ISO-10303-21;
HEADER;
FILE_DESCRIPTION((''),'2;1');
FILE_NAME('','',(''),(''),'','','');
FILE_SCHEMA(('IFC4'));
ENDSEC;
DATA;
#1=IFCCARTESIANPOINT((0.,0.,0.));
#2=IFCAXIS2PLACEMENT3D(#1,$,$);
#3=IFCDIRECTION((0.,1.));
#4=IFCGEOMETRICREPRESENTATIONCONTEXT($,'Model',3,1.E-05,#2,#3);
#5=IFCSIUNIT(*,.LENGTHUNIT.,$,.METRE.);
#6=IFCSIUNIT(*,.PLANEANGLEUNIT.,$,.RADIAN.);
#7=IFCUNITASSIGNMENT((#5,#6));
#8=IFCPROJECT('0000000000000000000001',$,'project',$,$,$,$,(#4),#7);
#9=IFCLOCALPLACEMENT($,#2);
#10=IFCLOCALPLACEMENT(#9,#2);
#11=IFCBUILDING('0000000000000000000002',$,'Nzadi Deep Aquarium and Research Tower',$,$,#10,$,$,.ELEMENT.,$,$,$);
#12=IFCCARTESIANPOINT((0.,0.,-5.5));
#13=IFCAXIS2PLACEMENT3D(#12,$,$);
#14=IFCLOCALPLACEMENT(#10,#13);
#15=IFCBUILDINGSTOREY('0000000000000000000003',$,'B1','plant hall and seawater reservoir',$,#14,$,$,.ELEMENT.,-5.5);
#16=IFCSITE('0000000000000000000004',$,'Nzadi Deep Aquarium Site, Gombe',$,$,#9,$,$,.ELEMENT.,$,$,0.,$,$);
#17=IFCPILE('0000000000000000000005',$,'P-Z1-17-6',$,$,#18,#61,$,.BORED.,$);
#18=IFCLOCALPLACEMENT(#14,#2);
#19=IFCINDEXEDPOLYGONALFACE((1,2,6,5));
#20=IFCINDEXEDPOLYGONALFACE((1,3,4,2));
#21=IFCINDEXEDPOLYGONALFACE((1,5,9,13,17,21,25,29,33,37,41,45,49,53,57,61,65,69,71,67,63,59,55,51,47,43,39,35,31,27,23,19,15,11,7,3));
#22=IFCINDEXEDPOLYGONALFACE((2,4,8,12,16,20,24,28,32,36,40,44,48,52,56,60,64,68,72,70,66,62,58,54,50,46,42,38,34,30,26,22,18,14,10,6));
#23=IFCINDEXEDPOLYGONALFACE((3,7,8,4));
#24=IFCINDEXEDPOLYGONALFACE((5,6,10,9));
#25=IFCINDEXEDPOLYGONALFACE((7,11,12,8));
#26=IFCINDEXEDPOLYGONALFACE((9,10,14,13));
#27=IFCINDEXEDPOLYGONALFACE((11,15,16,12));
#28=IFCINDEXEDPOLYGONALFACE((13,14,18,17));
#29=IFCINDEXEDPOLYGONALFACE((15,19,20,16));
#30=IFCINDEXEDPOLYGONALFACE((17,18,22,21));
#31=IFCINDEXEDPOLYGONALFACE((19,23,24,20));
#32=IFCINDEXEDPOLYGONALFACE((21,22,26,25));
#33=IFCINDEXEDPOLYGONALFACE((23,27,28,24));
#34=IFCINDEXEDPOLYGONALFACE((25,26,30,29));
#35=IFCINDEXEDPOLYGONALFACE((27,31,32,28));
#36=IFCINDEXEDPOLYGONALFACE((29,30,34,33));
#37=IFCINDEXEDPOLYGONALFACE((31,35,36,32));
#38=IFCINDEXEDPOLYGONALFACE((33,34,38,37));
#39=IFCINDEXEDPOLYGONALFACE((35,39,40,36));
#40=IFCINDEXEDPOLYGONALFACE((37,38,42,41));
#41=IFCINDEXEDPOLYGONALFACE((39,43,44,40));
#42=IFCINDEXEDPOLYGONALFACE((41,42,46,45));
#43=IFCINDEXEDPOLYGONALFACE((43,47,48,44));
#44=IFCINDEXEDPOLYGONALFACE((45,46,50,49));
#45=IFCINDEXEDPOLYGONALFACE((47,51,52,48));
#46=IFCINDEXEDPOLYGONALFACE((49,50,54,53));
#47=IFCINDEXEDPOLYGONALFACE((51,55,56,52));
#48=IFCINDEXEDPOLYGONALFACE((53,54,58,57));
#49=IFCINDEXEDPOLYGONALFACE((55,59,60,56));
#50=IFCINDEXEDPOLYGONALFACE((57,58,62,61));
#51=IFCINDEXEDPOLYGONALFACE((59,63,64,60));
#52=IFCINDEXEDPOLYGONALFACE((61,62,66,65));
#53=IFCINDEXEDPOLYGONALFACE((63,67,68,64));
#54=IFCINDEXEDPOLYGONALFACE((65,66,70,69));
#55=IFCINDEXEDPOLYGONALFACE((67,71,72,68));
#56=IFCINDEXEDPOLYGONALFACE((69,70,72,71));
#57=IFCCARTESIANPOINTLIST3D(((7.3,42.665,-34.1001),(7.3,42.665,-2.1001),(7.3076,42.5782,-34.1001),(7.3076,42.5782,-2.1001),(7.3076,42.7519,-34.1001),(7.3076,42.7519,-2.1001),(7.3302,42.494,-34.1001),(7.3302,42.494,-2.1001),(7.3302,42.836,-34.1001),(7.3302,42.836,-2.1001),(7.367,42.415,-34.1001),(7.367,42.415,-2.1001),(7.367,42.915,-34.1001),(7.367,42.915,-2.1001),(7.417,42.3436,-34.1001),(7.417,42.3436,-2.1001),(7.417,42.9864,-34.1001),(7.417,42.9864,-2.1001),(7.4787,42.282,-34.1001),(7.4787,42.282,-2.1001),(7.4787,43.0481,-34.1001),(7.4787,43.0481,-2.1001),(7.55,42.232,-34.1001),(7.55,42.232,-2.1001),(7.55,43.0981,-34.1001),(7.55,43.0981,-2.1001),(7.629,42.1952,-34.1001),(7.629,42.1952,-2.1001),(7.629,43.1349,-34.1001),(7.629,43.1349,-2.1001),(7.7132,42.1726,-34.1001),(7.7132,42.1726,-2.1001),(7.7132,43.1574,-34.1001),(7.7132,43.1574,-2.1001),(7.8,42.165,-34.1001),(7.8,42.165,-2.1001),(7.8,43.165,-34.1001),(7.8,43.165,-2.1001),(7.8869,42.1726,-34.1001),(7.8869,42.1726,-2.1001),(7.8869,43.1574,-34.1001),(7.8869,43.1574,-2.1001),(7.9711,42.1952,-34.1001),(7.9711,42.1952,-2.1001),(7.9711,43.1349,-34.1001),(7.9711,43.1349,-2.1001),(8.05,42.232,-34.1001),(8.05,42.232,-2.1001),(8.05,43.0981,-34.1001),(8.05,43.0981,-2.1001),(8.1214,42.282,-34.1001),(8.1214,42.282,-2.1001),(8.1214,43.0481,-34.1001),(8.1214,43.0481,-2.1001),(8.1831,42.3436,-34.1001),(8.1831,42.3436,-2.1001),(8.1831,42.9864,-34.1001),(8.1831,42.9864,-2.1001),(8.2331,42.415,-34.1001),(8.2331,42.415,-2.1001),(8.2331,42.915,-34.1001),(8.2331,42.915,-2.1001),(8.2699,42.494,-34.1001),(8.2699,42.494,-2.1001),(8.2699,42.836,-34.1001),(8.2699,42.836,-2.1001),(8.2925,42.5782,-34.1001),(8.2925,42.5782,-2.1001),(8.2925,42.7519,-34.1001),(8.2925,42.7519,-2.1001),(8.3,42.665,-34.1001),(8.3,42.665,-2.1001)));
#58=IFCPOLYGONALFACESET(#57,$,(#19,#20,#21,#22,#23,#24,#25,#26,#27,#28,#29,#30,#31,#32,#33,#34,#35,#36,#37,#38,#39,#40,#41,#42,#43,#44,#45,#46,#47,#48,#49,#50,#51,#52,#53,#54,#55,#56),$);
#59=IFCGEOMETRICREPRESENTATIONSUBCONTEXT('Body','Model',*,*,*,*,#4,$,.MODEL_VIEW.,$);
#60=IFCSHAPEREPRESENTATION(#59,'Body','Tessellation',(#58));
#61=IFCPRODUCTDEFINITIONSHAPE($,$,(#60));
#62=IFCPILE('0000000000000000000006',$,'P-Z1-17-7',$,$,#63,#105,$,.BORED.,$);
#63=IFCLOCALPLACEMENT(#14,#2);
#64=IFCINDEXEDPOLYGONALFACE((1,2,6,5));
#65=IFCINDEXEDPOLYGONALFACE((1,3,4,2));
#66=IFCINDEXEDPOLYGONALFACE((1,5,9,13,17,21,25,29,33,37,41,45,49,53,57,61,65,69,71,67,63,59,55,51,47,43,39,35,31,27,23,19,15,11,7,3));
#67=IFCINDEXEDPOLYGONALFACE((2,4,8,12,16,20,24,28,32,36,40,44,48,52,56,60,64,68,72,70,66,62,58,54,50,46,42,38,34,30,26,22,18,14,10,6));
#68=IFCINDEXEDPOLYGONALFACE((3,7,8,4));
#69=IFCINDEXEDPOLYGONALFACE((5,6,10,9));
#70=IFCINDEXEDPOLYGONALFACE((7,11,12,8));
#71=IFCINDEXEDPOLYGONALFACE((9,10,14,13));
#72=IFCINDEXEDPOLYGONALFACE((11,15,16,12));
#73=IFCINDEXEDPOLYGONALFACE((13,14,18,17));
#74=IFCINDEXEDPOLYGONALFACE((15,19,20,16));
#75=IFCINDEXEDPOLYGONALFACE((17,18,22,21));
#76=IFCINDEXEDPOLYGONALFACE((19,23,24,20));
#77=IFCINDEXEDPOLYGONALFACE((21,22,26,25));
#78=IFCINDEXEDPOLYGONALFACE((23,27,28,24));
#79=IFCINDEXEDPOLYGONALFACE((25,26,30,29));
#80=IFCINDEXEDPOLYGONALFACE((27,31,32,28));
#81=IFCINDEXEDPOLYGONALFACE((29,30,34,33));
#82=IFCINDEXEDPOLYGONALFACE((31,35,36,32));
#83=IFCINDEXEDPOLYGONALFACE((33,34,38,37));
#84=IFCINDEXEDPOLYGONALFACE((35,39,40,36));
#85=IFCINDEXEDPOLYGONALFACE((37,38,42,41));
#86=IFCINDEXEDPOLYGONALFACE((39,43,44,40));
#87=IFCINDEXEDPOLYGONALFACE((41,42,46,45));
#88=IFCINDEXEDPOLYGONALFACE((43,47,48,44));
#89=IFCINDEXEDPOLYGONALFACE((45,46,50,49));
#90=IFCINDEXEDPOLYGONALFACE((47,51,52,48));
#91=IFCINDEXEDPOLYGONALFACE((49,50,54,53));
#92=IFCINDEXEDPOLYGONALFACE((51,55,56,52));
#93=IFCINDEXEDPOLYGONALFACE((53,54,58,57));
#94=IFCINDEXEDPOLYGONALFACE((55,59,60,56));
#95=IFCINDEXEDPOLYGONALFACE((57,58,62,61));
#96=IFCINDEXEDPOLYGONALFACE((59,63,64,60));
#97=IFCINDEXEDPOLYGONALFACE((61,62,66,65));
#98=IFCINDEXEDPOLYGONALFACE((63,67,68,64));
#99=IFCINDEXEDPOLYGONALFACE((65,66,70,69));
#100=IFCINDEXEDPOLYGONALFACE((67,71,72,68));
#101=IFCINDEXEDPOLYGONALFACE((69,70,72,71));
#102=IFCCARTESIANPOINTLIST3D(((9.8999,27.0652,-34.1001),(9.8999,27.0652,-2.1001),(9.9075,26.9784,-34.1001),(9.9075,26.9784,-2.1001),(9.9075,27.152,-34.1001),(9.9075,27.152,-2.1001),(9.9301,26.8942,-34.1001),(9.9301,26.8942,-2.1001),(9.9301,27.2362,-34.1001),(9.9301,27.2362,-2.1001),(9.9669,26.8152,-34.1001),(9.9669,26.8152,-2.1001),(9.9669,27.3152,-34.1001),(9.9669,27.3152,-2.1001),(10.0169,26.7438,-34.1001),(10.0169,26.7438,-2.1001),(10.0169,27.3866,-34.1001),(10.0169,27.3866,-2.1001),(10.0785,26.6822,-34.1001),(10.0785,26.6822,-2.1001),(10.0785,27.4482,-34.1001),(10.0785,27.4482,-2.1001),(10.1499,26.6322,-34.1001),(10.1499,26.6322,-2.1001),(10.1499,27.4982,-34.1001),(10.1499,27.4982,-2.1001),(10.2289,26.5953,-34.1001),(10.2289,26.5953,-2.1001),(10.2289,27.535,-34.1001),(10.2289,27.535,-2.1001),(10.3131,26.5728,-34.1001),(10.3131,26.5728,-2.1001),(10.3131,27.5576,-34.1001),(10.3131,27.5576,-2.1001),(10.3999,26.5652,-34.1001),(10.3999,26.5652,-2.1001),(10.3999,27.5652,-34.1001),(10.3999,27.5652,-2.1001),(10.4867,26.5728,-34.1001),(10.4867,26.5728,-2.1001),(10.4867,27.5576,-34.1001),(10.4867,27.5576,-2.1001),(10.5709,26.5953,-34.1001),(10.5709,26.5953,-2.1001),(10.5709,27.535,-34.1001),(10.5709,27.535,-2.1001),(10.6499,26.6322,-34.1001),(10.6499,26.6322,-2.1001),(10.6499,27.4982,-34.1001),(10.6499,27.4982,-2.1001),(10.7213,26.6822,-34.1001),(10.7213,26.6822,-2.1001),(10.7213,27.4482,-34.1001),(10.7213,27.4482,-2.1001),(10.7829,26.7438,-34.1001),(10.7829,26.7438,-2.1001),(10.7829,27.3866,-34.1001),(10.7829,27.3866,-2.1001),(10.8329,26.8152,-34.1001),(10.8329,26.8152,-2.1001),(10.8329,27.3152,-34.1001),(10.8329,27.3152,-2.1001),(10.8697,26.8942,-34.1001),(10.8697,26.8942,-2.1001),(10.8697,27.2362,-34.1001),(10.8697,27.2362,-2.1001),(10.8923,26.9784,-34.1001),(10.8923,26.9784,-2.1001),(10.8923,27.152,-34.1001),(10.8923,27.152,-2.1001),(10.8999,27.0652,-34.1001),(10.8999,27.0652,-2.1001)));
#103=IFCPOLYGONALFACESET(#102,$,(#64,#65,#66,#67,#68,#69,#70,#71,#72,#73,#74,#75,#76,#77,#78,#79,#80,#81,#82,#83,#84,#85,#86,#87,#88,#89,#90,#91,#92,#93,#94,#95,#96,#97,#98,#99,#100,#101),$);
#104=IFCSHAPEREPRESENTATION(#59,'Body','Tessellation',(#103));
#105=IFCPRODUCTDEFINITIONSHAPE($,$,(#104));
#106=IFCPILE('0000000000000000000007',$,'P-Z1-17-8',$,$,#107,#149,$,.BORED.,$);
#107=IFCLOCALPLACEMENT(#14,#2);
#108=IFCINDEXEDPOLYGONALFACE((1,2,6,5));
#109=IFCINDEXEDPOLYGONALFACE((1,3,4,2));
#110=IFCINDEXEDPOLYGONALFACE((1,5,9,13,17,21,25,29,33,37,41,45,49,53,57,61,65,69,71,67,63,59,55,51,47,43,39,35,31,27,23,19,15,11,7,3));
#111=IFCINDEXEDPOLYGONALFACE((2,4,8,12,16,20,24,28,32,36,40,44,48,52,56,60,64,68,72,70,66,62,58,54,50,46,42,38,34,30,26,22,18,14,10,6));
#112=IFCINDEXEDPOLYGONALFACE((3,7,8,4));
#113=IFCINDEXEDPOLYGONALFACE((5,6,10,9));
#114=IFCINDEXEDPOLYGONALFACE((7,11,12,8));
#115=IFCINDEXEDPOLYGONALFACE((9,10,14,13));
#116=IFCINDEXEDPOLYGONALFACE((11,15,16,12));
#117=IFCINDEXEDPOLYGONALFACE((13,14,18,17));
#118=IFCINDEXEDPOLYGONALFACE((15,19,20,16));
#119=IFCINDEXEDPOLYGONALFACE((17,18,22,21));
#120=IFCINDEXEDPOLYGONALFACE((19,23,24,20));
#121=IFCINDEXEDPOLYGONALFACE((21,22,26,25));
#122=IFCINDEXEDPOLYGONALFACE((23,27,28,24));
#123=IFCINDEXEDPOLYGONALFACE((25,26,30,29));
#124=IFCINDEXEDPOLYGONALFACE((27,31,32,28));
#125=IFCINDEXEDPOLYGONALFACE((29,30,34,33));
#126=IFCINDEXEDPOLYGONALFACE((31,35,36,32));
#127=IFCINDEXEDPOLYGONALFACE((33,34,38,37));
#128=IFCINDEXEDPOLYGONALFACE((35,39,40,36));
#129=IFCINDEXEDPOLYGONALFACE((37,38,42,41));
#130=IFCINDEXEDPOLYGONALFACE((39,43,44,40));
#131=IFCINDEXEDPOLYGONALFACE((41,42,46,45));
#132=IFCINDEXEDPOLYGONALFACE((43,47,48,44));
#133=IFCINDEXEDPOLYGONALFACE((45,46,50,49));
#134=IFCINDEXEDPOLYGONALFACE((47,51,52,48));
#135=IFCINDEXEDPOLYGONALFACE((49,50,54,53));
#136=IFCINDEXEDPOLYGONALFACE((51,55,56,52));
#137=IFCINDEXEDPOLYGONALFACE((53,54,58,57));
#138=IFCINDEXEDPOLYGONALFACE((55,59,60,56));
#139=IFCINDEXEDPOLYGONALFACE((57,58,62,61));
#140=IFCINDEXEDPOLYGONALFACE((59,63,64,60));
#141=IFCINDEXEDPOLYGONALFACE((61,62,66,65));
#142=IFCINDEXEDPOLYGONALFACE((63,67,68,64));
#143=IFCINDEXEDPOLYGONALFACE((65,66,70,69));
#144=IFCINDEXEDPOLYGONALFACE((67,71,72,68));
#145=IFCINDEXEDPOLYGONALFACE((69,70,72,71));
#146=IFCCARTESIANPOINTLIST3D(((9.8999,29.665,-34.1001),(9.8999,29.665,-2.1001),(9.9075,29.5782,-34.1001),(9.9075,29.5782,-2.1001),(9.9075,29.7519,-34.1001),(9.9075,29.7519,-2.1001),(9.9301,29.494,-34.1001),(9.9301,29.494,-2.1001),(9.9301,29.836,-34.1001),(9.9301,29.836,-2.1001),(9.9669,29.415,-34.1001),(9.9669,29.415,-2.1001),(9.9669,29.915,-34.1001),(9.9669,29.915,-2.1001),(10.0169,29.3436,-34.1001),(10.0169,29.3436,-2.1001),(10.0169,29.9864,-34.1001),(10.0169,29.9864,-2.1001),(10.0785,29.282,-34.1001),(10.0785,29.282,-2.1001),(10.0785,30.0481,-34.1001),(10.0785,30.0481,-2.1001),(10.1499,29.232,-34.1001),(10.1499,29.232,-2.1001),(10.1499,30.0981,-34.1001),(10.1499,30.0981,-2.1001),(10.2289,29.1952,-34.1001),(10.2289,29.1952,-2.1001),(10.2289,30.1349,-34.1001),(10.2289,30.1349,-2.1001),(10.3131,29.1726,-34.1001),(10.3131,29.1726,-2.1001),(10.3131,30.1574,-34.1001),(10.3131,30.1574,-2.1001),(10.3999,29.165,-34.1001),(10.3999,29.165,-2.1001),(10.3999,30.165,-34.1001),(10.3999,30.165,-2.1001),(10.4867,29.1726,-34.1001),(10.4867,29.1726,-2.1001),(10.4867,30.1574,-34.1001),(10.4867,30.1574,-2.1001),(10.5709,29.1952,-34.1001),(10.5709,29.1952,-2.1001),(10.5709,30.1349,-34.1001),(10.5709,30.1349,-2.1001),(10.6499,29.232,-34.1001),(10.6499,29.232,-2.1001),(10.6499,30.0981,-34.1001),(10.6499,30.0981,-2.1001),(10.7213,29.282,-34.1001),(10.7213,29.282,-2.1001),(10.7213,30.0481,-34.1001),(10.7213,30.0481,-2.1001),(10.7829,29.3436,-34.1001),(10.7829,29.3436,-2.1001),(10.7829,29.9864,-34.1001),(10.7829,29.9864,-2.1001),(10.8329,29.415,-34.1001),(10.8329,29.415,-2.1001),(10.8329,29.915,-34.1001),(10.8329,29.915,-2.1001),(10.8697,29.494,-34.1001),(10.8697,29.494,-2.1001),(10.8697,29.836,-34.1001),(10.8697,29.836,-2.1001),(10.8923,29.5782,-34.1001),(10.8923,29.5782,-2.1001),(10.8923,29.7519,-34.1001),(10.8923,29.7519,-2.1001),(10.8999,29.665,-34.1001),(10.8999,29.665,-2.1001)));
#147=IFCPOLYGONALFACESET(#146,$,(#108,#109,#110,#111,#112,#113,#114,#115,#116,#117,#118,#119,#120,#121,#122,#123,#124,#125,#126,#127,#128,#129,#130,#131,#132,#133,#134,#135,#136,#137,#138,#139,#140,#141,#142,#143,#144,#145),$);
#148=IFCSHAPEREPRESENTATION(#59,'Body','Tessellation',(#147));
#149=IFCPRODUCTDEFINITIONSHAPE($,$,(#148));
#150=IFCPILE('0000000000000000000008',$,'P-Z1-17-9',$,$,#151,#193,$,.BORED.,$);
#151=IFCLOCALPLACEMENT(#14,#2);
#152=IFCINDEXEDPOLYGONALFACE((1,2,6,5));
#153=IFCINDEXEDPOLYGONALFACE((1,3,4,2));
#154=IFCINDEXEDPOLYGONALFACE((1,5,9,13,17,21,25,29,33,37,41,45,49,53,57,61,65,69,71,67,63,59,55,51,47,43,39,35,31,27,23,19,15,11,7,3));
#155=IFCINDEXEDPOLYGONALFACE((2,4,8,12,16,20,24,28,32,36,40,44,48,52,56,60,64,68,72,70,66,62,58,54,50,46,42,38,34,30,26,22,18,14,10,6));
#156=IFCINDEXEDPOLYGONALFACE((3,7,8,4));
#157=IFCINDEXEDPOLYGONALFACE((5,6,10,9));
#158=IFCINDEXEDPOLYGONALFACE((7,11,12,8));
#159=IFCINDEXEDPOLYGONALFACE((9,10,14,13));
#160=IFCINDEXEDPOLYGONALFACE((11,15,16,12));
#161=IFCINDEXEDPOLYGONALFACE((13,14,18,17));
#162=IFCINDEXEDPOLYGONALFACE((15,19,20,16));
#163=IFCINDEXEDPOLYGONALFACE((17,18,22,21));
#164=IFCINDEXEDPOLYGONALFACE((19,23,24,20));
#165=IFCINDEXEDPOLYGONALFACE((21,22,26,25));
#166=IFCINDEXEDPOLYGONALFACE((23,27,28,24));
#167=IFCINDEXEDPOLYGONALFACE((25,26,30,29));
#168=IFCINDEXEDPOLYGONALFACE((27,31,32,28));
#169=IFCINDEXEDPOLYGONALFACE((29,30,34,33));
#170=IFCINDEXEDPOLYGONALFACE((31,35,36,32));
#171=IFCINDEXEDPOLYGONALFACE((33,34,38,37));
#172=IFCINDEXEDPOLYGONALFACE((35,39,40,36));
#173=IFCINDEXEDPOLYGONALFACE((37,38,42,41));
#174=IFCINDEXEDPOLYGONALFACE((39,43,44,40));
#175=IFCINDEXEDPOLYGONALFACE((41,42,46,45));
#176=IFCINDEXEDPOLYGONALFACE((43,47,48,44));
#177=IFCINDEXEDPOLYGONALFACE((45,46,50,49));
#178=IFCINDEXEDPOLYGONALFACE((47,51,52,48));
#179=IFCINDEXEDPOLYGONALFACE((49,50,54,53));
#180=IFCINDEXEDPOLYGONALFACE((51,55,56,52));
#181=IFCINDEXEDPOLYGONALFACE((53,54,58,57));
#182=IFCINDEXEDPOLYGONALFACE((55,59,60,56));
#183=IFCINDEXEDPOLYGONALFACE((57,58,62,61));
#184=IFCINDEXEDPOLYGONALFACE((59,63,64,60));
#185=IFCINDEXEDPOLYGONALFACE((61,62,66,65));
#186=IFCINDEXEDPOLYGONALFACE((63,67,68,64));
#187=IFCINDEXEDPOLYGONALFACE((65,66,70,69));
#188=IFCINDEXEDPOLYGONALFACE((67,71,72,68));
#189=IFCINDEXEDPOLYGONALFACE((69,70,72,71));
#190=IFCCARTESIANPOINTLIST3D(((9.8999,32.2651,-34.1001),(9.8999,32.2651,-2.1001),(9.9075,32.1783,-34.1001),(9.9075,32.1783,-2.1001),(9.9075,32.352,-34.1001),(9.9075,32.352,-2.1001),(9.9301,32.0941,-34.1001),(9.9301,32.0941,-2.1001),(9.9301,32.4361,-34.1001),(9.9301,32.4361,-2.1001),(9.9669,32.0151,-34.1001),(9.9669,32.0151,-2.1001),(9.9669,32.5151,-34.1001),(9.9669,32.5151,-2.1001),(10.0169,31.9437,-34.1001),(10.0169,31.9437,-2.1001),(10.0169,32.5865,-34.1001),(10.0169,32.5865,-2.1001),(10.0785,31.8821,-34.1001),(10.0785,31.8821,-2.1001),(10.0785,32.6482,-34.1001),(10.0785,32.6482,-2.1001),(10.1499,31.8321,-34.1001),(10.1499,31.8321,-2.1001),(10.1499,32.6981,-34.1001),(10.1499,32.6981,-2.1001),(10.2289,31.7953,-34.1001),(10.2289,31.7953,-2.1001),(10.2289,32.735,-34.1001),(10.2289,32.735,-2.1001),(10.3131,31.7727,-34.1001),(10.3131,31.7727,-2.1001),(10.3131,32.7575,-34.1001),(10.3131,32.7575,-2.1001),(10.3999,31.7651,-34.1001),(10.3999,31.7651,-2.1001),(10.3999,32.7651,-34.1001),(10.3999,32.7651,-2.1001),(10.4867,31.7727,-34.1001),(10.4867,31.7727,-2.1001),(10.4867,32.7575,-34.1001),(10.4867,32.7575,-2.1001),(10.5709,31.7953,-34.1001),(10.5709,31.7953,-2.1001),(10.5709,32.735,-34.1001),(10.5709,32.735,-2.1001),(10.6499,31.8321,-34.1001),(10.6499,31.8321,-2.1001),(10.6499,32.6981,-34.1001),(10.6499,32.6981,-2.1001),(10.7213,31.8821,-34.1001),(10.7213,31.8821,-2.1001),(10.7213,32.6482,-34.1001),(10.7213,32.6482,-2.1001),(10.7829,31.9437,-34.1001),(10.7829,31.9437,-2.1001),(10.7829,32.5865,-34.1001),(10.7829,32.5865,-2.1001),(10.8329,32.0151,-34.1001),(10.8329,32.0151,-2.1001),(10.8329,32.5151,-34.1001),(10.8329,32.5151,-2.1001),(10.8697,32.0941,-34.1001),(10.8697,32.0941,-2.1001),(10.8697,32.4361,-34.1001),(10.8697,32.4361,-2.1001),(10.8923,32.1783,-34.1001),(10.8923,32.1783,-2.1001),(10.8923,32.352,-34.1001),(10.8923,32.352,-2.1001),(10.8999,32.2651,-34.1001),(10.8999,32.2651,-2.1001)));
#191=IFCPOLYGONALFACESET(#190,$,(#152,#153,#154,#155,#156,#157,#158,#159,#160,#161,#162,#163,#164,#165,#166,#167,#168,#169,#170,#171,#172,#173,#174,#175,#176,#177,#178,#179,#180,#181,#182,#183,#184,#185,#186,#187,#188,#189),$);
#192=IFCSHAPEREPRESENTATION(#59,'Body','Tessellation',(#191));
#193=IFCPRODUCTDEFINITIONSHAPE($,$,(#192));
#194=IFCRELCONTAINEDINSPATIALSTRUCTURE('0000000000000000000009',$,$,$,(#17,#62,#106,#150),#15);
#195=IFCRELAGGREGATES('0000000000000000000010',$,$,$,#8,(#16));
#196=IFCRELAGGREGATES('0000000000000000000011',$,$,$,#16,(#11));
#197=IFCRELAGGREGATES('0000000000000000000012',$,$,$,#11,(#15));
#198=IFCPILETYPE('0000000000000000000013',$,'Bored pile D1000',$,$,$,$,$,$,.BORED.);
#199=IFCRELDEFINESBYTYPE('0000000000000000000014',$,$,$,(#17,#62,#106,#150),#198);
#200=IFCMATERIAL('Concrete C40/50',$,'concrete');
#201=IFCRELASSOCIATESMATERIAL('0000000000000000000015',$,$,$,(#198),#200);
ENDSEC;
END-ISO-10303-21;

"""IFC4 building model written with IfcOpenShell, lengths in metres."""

from ifc_helpers import new_model, si_unit, direction, frame, origin, origin_2d, place, context, subcontext, project, spatial, circle, extrude, material, material_profile, profile_set, type_object, element, save


model = new_model("IFC4")

# Units and contexts
model_context = context("Model", 3, precision=1e-05, world=origin(), true_north=direction((0.0, 1.0)))
body_context = subcontext(model_context, "Body", "Model", "MODEL_VIEW")
ifc_project = project(units=[si_unit("LENGTHUNIT", "METRE"), si_unit("PLANEANGLEUNIT", "RADIAN")], contexts=[model_context])

# Site, building, storey
site_placement = place(None, origin())
site = spatial("IfcSite", under=ifc_project, at=site_placement, Name="Nzadi Deep Aquarium Site, Gombe", CompositionType="ELEMENT", RefElevation=0.0)
building_placement = place(site_placement, origin())
building = spatial("IfcBuilding", under=site, at=building_placement, Name="Nzadi Deep Aquarium and Research Tower", CompositionType="ELEMENT")
storey_placement = place(building_placement, frame((0.0, 0.0, -5.5)))
storey = spatial("IfcBuildingStorey", under=building, at=storey_placement, Name="B1", Description="plant hall and seawater reservoir", CompositionType="ELEMENT", Elevation=-5.5)

# Piles
ifc_material_1 = material(Name="Concrete C40/50", Category="concrete")
ifc_material_profile_1 = material_profile(ifc_material_1, circle(Radius=0.5, at=origin_2d()))
ifc_profile_set_1 = profile_set([ifc_material_profile_1], Name="Concrete C40/50")
pile_type = type_object("IfcPileType", Name="Bored pile D1000", PredefinedType="BORED", material=ifc_profile_set_1)
for number, where, z_axis, x_axis, name in (
    (1, (7.8, 42.665, -2.1001), (0.0, 0.0, -1.0), (1.0, 0.0, 0.0), "P-Z1-17-6"),
    (2, (10.3999, 27.0652, -2.1001), (0.0, 0.0, -1.0), (1.0, 0.0, 0.0), "P-Z1-17-7"),
    (3, (10.3999, 29.665, -2.1001), (0.0, 0.0, -1.0), (1.0, 0.0, 0.0), "P-Z1-17-8"),
    (4, (10.3999, 32.2651, -2.1001), (0.0, 0.0, -1.0), (1.0, 0.0, 0.0), "P-Z1-17-9"),
):
    element("IfcPile", number, at=place(storey_placement, frame(where, z_axis=z_axis, x_axis=x_axis)), inside=storey, type_object=pile_type, Name=name, PredefinedType="BORED", context=body_context, shape_type="SweptSolid", body=[
        extrude(circle(Radius=0.5, at=origin_2d()), origin(), (0.0, 0.0, 1.0), 32.0),
    ])

save(model, "model.ifc")
